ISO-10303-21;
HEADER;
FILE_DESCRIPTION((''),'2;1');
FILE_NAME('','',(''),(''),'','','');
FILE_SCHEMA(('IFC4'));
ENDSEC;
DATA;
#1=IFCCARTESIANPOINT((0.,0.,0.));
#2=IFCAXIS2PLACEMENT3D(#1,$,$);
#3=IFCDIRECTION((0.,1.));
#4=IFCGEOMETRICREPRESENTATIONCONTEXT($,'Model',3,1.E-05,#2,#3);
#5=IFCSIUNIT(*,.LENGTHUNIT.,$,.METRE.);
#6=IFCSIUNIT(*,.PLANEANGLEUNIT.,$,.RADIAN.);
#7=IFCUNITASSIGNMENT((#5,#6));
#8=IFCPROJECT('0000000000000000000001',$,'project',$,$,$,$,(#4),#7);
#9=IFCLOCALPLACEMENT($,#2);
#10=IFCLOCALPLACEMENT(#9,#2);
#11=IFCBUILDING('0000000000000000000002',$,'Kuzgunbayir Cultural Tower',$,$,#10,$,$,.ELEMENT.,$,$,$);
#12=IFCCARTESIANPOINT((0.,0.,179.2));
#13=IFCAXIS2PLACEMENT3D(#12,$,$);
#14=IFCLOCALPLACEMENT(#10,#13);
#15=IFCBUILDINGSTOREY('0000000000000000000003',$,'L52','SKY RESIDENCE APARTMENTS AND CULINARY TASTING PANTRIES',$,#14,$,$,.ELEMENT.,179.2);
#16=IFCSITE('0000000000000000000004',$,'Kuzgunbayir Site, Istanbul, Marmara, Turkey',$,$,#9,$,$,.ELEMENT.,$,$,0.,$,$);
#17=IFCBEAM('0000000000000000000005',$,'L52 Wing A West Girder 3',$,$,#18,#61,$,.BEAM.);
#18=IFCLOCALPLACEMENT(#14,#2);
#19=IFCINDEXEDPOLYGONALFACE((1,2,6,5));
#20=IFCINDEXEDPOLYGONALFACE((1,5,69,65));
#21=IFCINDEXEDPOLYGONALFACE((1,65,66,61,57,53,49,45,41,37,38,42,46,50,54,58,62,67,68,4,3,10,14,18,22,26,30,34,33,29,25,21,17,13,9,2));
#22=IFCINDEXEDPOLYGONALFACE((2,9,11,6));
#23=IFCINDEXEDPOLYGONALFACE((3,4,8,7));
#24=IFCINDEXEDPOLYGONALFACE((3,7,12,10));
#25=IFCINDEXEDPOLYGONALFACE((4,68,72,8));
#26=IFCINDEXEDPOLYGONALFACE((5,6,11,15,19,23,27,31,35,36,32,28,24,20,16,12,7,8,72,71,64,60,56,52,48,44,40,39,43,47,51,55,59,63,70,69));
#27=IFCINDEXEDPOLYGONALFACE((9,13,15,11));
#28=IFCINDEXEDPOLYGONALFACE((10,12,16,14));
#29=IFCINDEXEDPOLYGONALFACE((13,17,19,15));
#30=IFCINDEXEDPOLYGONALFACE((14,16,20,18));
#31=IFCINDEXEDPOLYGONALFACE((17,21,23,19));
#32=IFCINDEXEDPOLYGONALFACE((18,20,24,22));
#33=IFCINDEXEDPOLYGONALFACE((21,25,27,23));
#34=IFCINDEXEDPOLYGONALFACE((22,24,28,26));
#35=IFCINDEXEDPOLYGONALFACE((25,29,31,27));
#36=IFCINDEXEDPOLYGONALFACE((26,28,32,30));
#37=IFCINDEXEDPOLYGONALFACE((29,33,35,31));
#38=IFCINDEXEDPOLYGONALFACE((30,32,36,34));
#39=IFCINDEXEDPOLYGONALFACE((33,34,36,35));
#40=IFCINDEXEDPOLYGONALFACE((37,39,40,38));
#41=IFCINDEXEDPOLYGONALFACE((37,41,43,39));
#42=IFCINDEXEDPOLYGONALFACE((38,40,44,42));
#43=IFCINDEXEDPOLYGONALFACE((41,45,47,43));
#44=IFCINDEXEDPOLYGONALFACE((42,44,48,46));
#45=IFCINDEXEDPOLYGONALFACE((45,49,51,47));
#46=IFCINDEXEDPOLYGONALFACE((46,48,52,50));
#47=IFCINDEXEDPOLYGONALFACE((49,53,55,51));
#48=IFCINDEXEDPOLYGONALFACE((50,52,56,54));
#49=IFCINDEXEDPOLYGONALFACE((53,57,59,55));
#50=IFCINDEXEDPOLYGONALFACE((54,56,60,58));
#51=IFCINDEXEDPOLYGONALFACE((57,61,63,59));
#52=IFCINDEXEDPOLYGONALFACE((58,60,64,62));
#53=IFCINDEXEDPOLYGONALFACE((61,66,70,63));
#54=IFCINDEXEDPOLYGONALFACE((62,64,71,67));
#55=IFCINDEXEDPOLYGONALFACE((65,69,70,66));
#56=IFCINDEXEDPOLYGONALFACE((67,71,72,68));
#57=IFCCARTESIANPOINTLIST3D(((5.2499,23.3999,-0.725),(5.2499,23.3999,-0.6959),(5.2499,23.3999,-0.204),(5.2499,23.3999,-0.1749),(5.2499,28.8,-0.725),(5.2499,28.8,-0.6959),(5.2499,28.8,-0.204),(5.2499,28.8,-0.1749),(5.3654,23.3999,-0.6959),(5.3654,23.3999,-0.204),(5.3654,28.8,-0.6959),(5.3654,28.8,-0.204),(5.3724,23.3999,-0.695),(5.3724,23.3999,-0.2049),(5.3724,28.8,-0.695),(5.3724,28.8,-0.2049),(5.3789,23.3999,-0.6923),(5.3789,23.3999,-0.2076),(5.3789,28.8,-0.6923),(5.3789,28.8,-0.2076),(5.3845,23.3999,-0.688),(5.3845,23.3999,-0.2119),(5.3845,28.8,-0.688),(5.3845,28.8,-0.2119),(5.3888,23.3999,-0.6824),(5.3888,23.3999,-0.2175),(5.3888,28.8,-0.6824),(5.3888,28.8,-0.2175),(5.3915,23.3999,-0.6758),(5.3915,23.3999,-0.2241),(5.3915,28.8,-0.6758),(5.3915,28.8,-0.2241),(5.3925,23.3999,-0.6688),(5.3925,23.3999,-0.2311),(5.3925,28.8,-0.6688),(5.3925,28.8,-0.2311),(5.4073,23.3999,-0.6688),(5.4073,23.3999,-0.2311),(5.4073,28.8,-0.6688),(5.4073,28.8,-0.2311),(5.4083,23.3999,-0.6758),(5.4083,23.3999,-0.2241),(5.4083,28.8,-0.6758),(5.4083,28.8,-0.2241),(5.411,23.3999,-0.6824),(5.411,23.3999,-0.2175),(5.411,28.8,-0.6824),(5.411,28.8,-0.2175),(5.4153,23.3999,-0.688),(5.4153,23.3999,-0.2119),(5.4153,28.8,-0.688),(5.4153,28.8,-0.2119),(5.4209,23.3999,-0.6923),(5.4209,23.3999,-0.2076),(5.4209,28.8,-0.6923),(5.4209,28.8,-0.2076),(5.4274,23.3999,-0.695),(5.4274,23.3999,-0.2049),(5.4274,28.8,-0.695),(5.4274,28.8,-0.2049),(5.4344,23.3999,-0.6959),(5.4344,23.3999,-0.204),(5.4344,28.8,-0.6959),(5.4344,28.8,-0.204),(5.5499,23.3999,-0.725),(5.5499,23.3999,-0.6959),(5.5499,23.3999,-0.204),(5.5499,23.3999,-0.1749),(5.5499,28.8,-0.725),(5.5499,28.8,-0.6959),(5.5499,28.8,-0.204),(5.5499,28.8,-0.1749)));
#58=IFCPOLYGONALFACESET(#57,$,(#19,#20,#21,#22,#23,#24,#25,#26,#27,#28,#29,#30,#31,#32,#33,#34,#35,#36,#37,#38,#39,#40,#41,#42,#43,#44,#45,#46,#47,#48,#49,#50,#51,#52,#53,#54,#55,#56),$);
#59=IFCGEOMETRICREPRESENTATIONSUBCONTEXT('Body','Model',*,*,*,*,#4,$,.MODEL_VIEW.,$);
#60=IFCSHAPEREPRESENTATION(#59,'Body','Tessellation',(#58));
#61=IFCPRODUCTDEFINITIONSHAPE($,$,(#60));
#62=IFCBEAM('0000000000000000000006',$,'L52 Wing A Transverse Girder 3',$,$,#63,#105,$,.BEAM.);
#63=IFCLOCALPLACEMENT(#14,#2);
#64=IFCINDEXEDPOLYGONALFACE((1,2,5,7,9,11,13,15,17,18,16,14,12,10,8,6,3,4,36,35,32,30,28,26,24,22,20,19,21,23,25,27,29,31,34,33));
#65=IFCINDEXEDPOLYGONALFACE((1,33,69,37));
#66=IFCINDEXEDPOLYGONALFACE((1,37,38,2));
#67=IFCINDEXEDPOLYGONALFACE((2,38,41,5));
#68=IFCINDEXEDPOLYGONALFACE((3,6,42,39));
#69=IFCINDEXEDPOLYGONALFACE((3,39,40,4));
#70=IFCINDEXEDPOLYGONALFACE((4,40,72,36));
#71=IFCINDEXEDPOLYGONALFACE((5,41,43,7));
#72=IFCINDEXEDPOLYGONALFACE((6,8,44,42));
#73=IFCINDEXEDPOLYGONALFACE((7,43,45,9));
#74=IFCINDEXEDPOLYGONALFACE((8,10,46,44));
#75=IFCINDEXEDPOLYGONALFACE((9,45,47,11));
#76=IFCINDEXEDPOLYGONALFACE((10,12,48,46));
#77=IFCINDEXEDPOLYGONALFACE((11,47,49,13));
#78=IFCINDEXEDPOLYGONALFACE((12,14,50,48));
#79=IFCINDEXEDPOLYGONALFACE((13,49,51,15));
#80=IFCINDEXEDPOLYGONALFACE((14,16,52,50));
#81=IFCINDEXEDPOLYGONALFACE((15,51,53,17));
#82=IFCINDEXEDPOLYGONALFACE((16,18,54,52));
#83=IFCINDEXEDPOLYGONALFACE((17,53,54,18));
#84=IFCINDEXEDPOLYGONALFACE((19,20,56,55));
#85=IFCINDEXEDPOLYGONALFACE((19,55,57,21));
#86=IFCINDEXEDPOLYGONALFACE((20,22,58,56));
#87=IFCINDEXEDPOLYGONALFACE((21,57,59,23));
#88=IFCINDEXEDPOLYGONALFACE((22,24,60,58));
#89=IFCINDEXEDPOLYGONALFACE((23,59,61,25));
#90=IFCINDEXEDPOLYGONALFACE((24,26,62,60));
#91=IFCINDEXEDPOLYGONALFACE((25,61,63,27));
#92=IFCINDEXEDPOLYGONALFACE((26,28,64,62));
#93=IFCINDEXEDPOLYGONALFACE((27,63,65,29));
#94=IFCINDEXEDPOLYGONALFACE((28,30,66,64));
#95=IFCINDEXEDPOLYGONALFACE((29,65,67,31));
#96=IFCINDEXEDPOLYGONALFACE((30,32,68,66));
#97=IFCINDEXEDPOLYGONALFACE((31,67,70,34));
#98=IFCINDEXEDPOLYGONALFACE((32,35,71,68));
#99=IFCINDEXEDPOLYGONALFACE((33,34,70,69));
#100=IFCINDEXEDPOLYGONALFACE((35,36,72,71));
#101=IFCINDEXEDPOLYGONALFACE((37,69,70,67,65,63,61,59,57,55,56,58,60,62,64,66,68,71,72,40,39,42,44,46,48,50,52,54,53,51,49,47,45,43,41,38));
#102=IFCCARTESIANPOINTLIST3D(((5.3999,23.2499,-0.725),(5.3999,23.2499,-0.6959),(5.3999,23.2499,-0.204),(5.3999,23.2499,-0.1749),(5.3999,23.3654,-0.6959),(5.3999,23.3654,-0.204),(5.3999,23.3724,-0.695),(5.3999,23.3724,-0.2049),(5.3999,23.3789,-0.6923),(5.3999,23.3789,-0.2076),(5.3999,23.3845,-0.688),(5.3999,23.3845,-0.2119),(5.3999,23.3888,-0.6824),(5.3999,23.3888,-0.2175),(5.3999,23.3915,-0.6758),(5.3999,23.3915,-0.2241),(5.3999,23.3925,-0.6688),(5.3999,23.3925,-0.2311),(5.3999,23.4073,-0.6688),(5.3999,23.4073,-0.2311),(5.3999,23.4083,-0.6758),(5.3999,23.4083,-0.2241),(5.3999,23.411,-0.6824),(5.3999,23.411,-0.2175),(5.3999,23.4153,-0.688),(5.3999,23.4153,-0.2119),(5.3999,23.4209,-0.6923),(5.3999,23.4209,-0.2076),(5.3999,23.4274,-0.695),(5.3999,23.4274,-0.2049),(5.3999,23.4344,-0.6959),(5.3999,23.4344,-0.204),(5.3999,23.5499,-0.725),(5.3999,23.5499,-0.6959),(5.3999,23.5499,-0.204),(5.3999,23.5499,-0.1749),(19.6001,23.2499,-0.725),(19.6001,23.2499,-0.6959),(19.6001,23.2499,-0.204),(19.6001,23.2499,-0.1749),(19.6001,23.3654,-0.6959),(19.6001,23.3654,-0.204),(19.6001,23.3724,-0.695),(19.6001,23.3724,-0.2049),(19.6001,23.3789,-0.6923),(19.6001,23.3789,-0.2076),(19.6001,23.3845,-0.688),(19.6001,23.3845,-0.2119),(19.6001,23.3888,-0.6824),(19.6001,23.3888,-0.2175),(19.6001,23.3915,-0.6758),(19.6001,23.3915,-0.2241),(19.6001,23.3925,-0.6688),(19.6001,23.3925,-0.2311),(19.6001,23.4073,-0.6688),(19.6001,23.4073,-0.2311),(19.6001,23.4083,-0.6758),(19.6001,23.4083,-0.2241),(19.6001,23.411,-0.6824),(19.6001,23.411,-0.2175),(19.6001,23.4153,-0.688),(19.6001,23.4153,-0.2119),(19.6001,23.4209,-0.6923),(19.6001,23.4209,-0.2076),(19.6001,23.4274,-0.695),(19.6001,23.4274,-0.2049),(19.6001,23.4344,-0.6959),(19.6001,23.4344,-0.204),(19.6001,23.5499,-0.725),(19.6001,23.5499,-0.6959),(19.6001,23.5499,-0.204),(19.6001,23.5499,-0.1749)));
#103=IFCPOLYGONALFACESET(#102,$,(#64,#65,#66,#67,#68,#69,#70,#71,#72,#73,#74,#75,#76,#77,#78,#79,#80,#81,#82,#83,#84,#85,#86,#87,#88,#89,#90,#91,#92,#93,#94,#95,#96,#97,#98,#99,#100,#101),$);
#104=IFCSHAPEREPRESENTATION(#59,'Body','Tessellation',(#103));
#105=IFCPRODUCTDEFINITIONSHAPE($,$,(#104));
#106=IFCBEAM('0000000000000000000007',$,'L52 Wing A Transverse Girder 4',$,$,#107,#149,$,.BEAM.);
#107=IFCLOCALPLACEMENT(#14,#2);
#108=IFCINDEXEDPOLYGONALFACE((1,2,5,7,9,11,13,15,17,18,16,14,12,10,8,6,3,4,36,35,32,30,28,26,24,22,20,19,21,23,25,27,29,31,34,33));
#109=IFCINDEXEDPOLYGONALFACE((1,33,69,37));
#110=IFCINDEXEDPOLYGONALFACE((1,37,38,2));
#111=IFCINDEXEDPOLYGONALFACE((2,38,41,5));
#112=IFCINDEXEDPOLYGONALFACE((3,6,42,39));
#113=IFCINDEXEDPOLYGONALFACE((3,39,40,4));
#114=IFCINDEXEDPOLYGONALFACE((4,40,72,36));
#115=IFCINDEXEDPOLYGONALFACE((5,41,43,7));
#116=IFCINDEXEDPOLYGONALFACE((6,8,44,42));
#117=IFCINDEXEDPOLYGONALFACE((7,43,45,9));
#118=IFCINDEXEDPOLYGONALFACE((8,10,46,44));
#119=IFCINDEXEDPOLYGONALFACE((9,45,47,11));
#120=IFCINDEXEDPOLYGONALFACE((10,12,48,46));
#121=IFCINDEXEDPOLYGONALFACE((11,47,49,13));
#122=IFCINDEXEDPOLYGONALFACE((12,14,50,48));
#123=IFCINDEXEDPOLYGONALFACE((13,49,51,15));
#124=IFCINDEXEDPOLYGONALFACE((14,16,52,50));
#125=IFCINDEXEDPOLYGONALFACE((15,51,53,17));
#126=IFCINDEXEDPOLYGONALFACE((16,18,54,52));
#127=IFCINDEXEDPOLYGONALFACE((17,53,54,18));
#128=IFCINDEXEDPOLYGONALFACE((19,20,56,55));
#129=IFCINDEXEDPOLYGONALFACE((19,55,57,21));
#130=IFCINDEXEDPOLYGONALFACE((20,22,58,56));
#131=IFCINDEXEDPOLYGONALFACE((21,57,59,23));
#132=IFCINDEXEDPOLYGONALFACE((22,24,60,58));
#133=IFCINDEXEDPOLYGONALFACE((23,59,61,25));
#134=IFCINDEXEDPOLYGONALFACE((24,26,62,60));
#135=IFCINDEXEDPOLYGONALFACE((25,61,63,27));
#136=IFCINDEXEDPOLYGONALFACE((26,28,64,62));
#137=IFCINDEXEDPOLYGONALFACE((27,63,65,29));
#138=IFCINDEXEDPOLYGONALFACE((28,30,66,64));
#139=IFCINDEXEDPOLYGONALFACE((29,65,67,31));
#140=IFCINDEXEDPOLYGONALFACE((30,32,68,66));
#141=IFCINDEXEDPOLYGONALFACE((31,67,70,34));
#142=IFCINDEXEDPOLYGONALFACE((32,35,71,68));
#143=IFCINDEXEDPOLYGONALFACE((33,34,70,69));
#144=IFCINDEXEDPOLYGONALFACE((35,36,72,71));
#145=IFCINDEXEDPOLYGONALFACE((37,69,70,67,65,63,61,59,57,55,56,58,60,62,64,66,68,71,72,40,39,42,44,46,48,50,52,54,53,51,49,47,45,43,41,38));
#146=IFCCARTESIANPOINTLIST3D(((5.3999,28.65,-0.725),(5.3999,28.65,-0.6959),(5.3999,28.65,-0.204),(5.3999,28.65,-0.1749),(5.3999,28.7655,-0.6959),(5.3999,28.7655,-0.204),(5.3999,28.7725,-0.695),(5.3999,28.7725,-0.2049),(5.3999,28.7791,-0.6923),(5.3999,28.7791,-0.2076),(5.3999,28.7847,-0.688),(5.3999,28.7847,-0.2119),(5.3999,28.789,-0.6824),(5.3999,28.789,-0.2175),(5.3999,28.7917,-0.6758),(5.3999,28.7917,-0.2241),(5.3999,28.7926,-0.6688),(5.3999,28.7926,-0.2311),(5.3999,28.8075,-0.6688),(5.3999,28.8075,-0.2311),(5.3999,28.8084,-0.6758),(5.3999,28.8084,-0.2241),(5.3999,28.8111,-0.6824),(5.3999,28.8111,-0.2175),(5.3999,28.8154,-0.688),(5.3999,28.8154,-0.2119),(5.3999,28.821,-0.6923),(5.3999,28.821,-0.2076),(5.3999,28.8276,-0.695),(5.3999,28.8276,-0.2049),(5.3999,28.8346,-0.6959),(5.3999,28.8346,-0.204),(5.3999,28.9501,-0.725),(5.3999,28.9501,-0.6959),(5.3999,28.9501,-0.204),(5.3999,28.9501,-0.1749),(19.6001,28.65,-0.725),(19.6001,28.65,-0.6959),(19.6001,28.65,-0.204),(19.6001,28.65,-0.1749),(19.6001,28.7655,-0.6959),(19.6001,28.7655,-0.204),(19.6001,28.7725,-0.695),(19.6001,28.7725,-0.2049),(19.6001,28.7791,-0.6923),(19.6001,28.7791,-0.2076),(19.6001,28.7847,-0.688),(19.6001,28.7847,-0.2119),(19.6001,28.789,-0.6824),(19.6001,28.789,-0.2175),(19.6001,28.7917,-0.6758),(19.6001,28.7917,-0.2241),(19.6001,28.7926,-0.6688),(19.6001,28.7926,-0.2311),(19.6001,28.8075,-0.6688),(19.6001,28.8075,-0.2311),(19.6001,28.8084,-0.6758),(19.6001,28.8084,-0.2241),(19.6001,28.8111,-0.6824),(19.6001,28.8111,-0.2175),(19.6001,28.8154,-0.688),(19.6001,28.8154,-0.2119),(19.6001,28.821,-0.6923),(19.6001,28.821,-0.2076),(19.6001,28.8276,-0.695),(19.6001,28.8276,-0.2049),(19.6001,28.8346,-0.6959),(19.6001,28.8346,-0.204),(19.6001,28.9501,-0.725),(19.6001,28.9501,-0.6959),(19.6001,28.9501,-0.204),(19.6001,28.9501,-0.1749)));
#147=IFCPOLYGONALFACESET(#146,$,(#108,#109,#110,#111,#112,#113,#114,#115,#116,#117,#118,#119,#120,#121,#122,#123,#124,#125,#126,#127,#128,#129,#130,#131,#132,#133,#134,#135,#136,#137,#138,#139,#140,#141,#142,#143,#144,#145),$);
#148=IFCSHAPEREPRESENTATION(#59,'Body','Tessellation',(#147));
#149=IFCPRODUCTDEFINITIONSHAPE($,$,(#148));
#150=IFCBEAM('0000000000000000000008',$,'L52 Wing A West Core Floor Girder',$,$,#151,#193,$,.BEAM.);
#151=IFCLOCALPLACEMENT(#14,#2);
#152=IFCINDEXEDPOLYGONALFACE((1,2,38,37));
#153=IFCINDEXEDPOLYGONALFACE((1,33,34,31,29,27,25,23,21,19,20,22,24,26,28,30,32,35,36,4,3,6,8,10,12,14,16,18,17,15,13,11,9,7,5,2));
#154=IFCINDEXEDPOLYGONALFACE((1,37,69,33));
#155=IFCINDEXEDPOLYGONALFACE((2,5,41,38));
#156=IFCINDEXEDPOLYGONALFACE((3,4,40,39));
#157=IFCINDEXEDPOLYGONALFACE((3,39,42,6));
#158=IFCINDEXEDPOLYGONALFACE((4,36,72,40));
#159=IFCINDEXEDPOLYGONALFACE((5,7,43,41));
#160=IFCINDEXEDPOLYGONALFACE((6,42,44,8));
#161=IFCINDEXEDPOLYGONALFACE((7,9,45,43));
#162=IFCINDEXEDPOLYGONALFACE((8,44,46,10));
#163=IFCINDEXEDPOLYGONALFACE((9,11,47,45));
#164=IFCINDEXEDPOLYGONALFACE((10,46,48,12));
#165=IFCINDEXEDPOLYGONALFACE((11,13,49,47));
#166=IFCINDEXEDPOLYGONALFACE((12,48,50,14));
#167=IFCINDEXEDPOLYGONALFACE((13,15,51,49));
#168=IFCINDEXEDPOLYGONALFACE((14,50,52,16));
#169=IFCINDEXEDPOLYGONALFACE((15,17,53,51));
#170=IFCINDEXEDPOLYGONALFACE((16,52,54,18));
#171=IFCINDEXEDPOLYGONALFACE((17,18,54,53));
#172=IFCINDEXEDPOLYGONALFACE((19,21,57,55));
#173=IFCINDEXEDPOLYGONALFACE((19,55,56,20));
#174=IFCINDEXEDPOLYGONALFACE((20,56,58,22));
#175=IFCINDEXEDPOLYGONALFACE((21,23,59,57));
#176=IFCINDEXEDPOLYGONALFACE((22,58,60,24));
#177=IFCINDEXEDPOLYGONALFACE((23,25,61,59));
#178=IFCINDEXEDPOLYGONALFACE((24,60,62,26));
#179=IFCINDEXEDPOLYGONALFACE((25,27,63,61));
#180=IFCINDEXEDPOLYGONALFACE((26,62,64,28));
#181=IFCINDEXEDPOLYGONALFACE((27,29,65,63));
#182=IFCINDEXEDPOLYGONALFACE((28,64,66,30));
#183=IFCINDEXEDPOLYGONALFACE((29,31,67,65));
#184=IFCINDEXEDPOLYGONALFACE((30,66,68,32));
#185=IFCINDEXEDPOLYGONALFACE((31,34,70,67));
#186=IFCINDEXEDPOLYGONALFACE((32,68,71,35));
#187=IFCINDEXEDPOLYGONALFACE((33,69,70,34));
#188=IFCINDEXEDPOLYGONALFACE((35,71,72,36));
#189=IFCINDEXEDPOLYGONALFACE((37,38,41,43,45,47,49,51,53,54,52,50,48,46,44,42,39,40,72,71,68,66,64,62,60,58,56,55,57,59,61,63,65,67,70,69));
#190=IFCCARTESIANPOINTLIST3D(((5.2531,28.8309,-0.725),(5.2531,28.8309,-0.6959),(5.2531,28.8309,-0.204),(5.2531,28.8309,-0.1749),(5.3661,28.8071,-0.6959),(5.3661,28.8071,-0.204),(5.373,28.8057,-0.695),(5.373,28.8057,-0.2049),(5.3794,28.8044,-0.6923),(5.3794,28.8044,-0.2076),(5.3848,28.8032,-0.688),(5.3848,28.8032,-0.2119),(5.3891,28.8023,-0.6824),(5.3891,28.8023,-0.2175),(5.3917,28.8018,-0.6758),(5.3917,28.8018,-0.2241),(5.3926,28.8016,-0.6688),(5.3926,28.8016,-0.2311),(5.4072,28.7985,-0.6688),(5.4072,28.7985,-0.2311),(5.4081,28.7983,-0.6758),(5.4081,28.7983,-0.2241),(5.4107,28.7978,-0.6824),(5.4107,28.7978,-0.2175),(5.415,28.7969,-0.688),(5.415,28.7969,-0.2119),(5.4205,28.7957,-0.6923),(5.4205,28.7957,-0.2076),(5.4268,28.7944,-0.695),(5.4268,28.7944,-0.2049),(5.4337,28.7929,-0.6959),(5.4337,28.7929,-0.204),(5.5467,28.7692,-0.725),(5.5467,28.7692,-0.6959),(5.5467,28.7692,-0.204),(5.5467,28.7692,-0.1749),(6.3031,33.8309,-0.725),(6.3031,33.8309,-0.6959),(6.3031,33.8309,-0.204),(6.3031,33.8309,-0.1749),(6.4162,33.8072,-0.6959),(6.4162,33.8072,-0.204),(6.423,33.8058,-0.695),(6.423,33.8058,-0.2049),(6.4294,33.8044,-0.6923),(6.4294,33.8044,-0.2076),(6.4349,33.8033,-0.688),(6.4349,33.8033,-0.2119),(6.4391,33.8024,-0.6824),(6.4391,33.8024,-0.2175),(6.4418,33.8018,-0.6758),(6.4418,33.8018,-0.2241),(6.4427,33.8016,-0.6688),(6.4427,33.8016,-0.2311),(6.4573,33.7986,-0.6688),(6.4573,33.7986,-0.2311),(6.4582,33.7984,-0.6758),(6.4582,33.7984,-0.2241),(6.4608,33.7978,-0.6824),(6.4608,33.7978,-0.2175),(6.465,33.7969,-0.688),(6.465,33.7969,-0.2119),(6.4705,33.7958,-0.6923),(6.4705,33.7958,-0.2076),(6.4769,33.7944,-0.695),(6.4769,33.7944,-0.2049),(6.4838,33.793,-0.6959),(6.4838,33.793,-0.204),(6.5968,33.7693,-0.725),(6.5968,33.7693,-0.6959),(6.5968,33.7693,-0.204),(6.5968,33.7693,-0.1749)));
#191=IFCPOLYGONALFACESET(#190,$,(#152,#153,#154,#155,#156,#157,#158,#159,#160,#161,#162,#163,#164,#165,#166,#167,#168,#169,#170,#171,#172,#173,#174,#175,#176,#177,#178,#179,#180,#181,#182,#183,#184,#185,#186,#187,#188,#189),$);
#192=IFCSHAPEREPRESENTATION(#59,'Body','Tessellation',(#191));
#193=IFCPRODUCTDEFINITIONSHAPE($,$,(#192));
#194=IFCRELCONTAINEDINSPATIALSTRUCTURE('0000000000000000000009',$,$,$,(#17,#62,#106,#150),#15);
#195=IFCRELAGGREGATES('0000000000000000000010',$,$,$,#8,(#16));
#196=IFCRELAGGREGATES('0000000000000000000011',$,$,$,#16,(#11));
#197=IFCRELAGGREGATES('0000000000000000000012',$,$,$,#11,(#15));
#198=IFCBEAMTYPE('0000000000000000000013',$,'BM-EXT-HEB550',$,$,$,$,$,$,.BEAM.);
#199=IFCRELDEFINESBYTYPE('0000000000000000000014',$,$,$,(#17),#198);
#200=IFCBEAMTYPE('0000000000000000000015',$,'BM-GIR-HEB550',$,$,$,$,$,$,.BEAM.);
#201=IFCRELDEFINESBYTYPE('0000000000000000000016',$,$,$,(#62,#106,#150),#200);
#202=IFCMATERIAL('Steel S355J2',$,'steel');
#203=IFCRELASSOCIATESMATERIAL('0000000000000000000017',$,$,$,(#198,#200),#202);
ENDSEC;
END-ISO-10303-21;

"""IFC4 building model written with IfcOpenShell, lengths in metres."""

from ifc_helpers import new_model, si_unit, direction, frame, origin, origin_2d, place, context, subcontext, project, spatial, i_section, extrude, material, material_profile, profile_set, type_object, element, save


model = new_model("IFC4")

# Units and contexts
model_context = context("Model", 3, precision=1e-05, world=origin(), true_north=direction((0.0, 1.0)))
body_context = subcontext(model_context, "Body", "Model", "MODEL_VIEW")
ifc_project = project(units=[si_unit("LENGTHUNIT", "METRE"), si_unit("PLANEANGLEUNIT", "RADIAN")], contexts=[model_context])

# Site, building, storey
site_placement = place(None, origin())
site = spatial("IfcSite", under=ifc_project, at=site_placement, Name="Kuzgunbayir Site, Istanbul, Marmara, Turkey", CompositionType="ELEMENT", RefElevation=0.0)
building_placement = place(site_placement, origin())
building = spatial("IfcBuilding", under=site, at=building_placement, Name="Kuzgunbayir Cultural Tower", CompositionType="ELEMENT")
storey_placement = place(building_placement, frame((0.0, 0.0, 179.2)))
storey = spatial("IfcBuildingStorey", under=building, at=storey_placement, Name="L52", Description="SKY RESIDENCE APARTMENTS AND CULINARY TASTING PANTRIES", CompositionType="ELEMENT", Elevation=179.2)

# Beams
ifc_material_1 = material(Name="Steel S355J2", Category="steel")
ifc_material_profile_1 = material_profile(ifc_material_1, i_section(OverallWidth=0.3, OverallDepth=0.55, WebThickness=0.0149, FlangeThickness=0.0291, FilletRadius=0.0271, at=origin_2d()), Name="HEB 550")
ifc_profile_set_1 = profile_set([ifc_material_profile_1], Name="Steel S355J2")
beam_type_1 = type_object("IfcBeamType", Name="BM-EXT-HEB550", PredefinedType="BEAM", material=ifc_profile_set_1)
beam_1_placement = place(storey_placement, frame((5.3999, 23.3999, -0.45), z_axis=(0.0, 1.0, 0.0), x_axis=(-1.0, 0.0, 0.0)))
element("IfcBeam", 1, at=beam_1_placement, inside=storey, type_object=beam_type_1, Name="L52 Wing A West Girder 3", PredefinedType="BEAM", context=body_context, shape_type="SweptSolid", body=[
    extrude(i_section(OverallWidth=0.3, OverallDepth=0.55, WebThickness=0.0149, FlangeThickness=0.0291, FilletRadius=0.0271, at=origin_2d()), origin(), (0.0, 0.0, 1.0), 5.4001),
])
ifc_material_profile_2 = material_profile(ifc_material_1, i_section(OverallWidth=0.3, OverallDepth=0.55, WebThickness=0.0149, FlangeThickness=0.0291, FilletRadius=0.0271, at=origin_2d()), Name="HEB 550")
ifc_profile_set_2 = profile_set([ifc_material_profile_2], Name="Steel S355J2")
beam_type_2 = type_object("IfcBeamType", Name="BM-GIR-HEB550", PredefinedType="BEAM", material=ifc_profile_set_2)
for number, where, z_axis, x_axis, name in (
    (2, (5.3999, 23.3999, -0.45), (1.0, 0.0, 0.0), (0.0, 1.0, 0.0), "L52 Wing A Transverse Girder 3"),
    (3, (5.3999, 28.8, -0.45), (1.0, 0.0, 0.0), (0.0, 1.0, 0.0), "L52 Wing A Transverse Girder 4"),
):
    element("IfcBeam", number, at=place(storey_placement, frame(where, z_axis=z_axis, x_axis=x_axis)), inside=storey, type_object=beam_type_2, Name=name, PredefinedType="BEAM", context=body_context, shape_type="SweptSolid", body=[
        extrude(i_section(OverallWidth=0.3, OverallDepth=0.55, WebThickness=0.0149, FlangeThickness=0.0291, FilletRadius=0.0271, at=origin_2d()), origin(), (0.0, 0.0, 1.0), 14.2002),
    ])
beam_2_placement = place(storey_placement, frame((5.3999, 28.8, -0.45), z_axis=(0.205526, 0.978652, 0.0), x_axis=(-0.978652, 0.205526, 0.0)))
element("IfcBeam", 4, at=beam_2_placement, inside=storey, type_object=beam_type_2, Name="L52 Wing A West Core Floor Girder", PredefinedType="BEAM", context=body_context, shape_type="SweptSolid", body=[
    extrude(i_section(OverallWidth=0.3, OverallDepth=0.55, WebThickness=0.0149, FlangeThickness=0.0291, FilletRadius=0.0271, at=origin_2d()), origin(), (0.0, 0.0, 1.0), 5.1091),
])

save(model, "model.ifc")
